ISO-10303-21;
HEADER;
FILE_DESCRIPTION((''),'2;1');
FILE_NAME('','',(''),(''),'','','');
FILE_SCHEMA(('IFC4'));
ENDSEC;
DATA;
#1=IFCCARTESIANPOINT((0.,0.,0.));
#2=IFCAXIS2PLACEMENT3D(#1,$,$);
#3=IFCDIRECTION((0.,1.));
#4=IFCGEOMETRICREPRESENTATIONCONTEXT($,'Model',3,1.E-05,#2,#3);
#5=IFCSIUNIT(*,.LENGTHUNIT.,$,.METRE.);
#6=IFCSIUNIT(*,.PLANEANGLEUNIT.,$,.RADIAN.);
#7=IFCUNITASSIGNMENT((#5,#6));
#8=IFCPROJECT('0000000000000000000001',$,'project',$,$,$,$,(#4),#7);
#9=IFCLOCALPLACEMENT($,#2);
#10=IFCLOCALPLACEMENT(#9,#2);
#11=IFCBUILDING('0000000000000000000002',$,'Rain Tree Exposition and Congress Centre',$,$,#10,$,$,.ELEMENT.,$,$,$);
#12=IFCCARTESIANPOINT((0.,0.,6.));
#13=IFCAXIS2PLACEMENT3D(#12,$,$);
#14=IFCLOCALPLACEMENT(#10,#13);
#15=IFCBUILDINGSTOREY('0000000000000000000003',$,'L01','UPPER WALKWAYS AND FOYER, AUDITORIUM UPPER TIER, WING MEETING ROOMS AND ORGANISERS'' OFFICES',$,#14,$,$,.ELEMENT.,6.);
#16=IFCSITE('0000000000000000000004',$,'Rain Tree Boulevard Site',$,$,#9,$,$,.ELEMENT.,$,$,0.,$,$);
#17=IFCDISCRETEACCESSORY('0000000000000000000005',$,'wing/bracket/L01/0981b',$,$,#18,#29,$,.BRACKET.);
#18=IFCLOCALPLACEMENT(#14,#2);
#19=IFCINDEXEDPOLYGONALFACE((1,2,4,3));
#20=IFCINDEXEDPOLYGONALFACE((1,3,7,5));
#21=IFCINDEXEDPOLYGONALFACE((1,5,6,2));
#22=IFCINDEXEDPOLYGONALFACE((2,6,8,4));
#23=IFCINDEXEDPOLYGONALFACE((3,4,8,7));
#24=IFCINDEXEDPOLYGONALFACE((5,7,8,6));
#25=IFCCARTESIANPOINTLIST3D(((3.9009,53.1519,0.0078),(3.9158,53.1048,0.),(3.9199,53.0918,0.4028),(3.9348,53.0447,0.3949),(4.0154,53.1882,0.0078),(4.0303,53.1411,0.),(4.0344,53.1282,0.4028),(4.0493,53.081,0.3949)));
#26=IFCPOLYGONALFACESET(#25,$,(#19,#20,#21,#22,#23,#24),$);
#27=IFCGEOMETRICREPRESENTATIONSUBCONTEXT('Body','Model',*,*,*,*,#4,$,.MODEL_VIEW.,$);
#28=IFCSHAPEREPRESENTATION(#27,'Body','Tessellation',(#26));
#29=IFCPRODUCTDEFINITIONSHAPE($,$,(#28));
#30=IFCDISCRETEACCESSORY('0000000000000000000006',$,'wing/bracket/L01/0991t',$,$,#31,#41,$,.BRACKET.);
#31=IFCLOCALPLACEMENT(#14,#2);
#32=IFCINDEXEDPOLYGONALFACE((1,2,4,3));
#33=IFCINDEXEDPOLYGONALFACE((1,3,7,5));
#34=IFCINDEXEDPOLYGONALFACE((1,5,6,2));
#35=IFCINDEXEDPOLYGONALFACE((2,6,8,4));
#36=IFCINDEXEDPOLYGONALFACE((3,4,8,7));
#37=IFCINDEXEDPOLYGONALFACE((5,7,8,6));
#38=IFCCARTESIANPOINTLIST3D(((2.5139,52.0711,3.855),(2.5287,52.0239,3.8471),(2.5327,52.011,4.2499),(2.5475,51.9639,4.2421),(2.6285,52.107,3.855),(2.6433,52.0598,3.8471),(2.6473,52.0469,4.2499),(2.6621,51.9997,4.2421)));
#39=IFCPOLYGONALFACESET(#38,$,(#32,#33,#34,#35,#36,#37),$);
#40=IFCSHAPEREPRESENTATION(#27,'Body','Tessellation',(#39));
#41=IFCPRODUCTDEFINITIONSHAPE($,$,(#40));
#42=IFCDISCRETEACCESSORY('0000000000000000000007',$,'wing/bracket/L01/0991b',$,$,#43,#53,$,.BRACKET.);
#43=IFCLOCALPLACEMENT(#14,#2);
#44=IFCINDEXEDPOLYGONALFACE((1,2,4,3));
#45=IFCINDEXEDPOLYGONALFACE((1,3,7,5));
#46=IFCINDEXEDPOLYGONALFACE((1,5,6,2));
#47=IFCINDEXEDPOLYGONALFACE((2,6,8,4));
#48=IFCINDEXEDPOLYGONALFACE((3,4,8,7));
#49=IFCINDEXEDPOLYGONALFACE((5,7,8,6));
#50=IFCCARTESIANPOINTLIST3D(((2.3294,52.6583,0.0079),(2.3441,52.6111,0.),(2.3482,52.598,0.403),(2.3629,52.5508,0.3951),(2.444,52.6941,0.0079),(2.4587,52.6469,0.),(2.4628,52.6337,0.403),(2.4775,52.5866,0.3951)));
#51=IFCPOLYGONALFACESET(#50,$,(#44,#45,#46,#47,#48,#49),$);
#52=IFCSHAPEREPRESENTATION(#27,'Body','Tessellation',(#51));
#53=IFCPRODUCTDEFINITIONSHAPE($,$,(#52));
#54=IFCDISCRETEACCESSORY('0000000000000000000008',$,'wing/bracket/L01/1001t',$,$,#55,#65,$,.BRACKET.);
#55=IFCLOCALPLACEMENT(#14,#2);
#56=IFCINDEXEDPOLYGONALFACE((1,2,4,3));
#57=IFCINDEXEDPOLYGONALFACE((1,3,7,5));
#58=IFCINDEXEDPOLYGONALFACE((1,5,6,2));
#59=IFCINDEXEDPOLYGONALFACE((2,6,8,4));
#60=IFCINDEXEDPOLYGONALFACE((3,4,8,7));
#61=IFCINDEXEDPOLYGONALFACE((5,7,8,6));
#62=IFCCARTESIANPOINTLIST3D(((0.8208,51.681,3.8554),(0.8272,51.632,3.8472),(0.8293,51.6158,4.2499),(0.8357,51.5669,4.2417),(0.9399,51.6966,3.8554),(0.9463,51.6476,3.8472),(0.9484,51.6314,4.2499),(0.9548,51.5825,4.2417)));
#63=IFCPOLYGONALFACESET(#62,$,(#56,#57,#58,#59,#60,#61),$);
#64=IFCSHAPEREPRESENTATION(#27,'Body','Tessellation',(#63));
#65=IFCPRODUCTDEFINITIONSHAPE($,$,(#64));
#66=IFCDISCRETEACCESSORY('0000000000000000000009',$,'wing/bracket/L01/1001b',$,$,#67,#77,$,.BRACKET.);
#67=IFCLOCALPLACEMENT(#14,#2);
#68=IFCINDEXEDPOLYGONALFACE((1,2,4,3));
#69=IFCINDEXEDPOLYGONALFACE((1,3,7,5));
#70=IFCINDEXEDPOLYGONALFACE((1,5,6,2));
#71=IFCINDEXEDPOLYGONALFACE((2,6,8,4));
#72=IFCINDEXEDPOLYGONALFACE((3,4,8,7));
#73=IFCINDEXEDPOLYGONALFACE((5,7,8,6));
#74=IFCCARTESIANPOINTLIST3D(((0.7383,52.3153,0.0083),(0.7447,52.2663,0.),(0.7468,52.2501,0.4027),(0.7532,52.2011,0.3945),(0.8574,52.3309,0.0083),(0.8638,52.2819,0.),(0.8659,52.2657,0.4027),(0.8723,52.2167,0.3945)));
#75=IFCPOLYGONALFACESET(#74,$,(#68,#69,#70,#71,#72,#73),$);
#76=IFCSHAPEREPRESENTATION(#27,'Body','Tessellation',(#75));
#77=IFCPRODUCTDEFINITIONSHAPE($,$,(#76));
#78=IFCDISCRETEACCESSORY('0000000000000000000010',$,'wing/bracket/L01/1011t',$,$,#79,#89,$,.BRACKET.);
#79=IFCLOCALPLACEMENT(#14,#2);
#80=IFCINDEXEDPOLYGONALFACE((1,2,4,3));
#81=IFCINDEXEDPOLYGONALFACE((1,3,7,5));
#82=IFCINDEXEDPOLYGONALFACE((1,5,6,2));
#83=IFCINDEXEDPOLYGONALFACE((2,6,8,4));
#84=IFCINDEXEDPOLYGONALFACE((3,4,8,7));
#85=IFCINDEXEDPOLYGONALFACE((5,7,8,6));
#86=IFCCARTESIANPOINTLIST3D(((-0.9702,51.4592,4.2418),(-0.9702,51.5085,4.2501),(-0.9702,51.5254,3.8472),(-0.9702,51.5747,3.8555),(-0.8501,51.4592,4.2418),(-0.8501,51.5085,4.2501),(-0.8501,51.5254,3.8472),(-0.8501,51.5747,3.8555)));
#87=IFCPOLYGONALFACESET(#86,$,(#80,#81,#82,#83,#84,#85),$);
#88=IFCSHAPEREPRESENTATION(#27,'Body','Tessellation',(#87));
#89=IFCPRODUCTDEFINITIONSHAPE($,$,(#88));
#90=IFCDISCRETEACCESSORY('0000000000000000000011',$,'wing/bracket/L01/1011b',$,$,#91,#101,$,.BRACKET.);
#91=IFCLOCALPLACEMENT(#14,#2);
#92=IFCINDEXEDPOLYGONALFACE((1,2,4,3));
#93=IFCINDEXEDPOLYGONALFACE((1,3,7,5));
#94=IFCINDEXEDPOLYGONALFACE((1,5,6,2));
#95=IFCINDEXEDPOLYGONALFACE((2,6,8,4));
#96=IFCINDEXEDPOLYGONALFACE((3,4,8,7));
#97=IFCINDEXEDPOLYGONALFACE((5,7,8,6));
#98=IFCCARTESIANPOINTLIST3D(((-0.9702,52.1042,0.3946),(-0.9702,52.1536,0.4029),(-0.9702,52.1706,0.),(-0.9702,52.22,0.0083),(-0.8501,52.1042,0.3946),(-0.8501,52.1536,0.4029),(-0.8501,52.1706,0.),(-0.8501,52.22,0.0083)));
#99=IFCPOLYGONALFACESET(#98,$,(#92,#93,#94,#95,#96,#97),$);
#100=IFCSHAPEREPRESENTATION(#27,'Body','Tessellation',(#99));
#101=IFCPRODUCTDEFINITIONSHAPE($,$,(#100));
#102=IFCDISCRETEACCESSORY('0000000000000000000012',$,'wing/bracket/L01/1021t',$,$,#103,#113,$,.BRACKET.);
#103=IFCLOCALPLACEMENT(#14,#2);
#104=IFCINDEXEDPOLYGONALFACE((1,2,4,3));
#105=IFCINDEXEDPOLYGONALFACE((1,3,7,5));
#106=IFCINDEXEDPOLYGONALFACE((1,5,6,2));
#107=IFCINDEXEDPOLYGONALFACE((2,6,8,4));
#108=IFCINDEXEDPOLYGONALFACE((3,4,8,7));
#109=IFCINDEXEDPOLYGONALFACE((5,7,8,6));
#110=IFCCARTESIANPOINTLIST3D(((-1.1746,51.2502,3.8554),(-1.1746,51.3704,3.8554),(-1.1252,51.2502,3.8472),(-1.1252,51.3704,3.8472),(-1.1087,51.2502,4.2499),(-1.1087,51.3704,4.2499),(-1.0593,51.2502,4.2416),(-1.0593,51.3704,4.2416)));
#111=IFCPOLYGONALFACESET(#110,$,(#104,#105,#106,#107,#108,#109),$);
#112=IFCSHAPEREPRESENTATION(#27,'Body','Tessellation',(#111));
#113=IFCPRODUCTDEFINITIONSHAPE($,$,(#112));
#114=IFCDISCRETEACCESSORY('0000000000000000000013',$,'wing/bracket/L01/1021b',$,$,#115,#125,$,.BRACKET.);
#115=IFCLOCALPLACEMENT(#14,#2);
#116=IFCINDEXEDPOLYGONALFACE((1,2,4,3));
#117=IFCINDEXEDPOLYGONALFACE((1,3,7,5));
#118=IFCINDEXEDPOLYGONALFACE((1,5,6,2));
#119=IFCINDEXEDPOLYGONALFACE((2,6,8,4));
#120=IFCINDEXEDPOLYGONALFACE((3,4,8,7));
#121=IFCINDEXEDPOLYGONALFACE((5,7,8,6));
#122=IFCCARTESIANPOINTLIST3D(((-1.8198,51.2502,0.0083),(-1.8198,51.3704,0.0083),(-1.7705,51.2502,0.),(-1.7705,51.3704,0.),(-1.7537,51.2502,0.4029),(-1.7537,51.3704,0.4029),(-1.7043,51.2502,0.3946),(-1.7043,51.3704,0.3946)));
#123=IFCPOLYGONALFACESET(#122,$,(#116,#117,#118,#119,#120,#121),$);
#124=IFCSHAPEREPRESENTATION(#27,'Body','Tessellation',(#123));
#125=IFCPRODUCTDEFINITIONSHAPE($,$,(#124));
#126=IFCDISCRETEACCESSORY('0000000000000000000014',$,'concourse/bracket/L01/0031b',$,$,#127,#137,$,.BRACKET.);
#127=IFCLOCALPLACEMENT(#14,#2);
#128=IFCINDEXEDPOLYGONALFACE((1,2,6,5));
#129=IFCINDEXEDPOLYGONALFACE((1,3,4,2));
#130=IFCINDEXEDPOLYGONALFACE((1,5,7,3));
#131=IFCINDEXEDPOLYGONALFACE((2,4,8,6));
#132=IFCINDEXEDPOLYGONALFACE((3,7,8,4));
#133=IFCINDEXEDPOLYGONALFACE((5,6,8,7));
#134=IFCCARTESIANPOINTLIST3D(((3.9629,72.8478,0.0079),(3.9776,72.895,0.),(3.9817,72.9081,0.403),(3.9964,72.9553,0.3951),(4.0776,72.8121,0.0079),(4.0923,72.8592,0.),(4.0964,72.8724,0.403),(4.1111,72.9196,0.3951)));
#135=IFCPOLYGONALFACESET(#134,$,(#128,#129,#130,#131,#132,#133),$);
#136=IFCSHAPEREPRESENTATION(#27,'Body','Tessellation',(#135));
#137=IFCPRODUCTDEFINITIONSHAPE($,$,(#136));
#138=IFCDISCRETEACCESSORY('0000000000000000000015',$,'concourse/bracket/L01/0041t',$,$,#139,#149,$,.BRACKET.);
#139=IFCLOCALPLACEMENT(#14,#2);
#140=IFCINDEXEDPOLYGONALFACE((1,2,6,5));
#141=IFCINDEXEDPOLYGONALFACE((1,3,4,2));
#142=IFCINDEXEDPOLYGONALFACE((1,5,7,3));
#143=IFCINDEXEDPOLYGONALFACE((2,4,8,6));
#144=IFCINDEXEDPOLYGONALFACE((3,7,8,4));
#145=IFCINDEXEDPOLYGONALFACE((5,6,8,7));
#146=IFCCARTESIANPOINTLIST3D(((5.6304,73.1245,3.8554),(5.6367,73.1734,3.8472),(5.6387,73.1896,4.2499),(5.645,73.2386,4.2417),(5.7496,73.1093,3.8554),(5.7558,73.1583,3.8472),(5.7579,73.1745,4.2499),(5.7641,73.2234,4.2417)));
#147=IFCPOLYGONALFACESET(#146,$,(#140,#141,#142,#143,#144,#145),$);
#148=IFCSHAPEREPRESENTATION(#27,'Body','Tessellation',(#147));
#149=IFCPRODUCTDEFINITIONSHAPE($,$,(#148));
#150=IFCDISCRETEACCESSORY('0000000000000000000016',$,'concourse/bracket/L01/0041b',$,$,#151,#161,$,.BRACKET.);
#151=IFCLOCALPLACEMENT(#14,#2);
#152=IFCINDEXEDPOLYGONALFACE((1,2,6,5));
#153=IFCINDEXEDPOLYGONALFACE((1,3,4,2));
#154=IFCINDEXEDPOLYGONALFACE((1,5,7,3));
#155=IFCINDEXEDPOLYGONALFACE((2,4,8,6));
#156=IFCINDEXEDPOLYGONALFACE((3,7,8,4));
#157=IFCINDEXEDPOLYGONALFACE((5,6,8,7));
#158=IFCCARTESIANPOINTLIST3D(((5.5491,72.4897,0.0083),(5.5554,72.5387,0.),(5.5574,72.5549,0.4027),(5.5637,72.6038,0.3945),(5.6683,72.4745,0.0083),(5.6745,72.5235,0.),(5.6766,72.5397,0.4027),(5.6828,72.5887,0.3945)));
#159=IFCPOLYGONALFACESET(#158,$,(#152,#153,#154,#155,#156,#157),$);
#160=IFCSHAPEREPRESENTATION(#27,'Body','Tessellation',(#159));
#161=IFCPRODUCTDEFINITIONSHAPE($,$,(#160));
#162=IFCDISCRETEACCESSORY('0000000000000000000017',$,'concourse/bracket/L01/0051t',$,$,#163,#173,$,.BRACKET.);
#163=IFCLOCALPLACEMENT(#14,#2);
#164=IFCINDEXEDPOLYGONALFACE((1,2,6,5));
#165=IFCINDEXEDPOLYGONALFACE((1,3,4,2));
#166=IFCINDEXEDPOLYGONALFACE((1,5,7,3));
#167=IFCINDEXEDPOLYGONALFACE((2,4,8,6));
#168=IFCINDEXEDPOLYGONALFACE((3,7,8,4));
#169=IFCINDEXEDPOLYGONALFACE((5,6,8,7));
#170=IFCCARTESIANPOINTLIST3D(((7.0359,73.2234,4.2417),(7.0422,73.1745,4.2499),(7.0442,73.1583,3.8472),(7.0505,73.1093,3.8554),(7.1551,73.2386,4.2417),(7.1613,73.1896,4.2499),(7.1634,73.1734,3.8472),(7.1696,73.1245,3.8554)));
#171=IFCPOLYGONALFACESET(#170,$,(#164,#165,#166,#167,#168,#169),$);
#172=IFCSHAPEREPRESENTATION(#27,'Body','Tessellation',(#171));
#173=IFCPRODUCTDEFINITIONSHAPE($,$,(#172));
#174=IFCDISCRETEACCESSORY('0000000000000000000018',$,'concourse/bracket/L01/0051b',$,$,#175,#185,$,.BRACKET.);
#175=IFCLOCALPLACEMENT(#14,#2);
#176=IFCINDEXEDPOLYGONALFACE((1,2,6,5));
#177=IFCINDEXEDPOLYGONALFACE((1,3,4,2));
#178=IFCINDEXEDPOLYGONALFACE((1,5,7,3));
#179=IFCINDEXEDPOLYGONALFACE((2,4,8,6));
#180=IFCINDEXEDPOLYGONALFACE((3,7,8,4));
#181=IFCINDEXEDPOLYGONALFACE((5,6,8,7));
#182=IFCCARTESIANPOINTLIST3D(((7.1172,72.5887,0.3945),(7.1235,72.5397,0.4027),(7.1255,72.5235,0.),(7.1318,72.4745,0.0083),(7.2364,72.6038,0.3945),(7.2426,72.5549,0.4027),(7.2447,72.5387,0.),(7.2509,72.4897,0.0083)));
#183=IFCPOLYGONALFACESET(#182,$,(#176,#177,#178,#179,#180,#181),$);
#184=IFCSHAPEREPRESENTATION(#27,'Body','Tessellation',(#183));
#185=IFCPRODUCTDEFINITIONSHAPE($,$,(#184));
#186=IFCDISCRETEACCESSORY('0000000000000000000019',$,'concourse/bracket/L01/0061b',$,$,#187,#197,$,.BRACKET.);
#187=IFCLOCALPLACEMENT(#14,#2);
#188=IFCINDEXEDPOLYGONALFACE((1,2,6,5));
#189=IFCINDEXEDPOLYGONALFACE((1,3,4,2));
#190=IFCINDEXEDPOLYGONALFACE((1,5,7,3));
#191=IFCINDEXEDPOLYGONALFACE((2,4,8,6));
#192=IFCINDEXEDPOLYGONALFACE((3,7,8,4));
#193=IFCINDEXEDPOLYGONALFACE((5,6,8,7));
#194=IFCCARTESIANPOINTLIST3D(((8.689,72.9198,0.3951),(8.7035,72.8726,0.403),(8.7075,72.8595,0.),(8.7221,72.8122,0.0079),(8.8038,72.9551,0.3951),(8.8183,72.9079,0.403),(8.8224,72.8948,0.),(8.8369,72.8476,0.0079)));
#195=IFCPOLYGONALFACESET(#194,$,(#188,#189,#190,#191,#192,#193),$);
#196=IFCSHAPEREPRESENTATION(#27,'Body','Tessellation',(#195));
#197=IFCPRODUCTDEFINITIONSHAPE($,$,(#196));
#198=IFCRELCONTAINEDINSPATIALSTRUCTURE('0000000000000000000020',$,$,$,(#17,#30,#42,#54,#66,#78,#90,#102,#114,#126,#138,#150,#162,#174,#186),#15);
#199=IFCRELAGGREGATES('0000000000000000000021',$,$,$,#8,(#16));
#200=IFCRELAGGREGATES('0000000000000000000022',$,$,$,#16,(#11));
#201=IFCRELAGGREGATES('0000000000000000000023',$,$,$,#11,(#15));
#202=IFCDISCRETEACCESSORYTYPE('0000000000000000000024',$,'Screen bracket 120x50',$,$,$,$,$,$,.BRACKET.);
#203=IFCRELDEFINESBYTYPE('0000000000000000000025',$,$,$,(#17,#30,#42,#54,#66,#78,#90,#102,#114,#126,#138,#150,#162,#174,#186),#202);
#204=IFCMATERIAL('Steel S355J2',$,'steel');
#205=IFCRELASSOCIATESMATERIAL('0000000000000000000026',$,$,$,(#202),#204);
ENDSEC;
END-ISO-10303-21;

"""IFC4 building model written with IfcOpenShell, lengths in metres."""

from ifc_helpers import new_model, si_unit, direction, frame, origin, origin_2d, place, context, subcontext, project, spatial, rectangle, extrude, material, material_profile, profile_set, type_object, element, save


model = new_model("IFC4")

# Units and contexts
model_context = context("Model", 3, precision=1e-05, world=origin(), true_north=direction((0.0, 1.0)))
body_context = subcontext(model_context, "Body", "Model", "MODEL_VIEW")
ifc_project = project(units=[si_unit("LENGTHUNIT", "METRE"), si_unit("PLANEANGLEUNIT", "RADIAN")], contexts=[model_context])

# Site, building, storey
site_placement = place(None, origin())
site = spatial("IfcSite", under=ifc_project, at=site_placement, Name="Rain Tree Boulevard Site", CompositionType="ELEMENT", RefElevation=0.0)
building_placement = place(site_placement, origin())
building = spatial("IfcBuilding", under=site, at=building_placement, Name="Rain Tree Exposition and Congress Centre", CompositionType="ELEMENT")
storey_placement = place(building_placement, frame((0.0, 0.0, 6.0)))
storey = spatial("IfcBuildingStorey", under=building, at=storey_placement, Name="L01", Description="UPPER WALKWAYS AND FOYER, AUDITORIUM UPPER TIER, WING MEETING ROOMS AND ORGANISERS' OFFICES", CompositionType="ELEMENT", Elevation=6.0)

# Discrete accessories
ifc_material_1 = material(Name="Steel S355J2", Category="steel")
ifc_material_profile = material_profile(ifc_material_1, rectangle(XDim=0.1201, YDim=0.05, at=origin_2d()), Name="Flat bar 120x50")
ifc_profile_set = profile_set([ifc_material_profile], Name="Steel S355J2")
discrete_accessory_type = type_object("IfcDiscreteAccessoryType", Name="Screen bracket 120x50", PredefinedType="BRACKET", material=ifc_profile_set)
for number, where, z_axis, x_axis, name in (
    (1, (3.9656, 53.1465, 0.0039), (0.047606, -0.150142, 0.987518), (0.953231, 0.302244, 0.0), "wing/bracket/L01/0981b"),
    (2, (2.5786, 52.0654, 3.8511), (0.046997, -0.150146, 0.987546), (0.954342, 0.298717, 0.0), "wing/bracket/L01/0991t"),
):
    element("IfcDiscreteAccessory", number, at=place(storey_placement, frame(where, z_axis=z_axis, x_axis=x_axis)), inside=storey, type_object=discrete_accessory_type, Name=name, PredefinedType="BRACKET", context=body_context, shape_type="SweptSolid", body=[
        extrude(rectangle(XDim=0.1201, YDim=0.05, at=origin_2d()), origin(), (0.0, 0.0, 1.0), 0.3999),
    ])
discrete_accessory_1_placement = place(storey_placement, frame((2.394, 52.6526, 0.0039), z_axis=(0.046993, -0.150743, 0.987456), x_axis=(0.954686, 0.297615, 0.0)))
element("IfcDiscreteAccessory", 3, at=discrete_accessory_1_placement, inside=storey, type_object=discrete_accessory_type, Name="wing/bracket/L01/0991b", PredefinedType="BRACKET", context=body_context, shape_type="SweptSolid", body=[
    extrude(rectangle(XDim=0.1201, YDim=0.05, at=origin_2d()), origin(), (0.0, 0.0, 1.0), 0.4001),
])
for number, where, z_axis, x_axis, name in (
    (4, (0.8835, 51.6643, 3.8513), (0.021364, -0.162976, 0.986399), (0.991517, 0.129974, 0.0), "wing/bracket/L01/1001t"),
    (5, (0.801, 52.2986, 0.0042), (0.021364, -0.162976, 0.986399), (0.991517, 0.129974, 0.0), "wing/bracket/L01/1001b"),
):
    element("IfcDiscreteAccessory", number, at=place(storey_placement, frame(where, z_axis=z_axis, x_axis=x_axis)), inside=storey, type_object=discrete_accessory_type, Name=name, PredefinedType="BRACKET", context=body_context, shape_type="SweptSolid", body=[
        extrude(rectangle(XDim=0.1201, YDim=0.05, at=origin_2d()), origin(), (0.0, 0.0, 1.0), 0.3999),
    ])
for number, where, z_axis, x_axis, name in (
    (6, (-0.9102, 51.55, 3.8513), (0.0, -0.165389, 0.986228), (1.0, 0.0, 0.0), "wing/bracket/L01/1011t"),
    (7, (-0.9102, 52.1953, 0.0042), (0.0, -0.165982, 0.986129), (1.0, 0.0, 0.0), "wing/bracket/L01/1011b"),
):
    element("IfcDiscreteAccessory", number, at=place(storey_placement, frame(where, z_axis=z_axis, x_axis=x_axis)), inside=storey, type_object=discrete_accessory_type, Name=name, PredefinedType="BRACKET", context=body_context, shape_type="SweptSolid", body=[
        extrude(rectangle(XDim=0.1201, YDim=0.05, at=origin_2d()), origin(), (0.0, 0.0, 1.0), 0.4001),
    ])
discrete_accessory_2_placement = place(storey_placement, frame((-1.1499, 51.3103, 3.8513), z_axis=(0.164795, 0.0, 0.986328), x_axis=(0.0, 1.0, 0.0)))
element("IfcDiscreteAccessory", 8, at=discrete_accessory_2_placement, inside=storey, type_object=discrete_accessory_type, Name="wing/bracket/L01/1021t", PredefinedType="BRACKET", context=body_context, shape_type="SweptSolid", body=[
    extrude(rectangle(XDim=0.1201, YDim=0.05, at=origin_2d()), origin(), (0.0, 0.0, 1.0), 0.3999),
])
for number, where, z_axis, x_axis, name in (
    (9, (-1.7952, 51.3103, 0.0042), (0.165389, 0.0, 0.986228), (0.0, 1.0, 0.0), "wing/bracket/L01/1021b"),
    (10, (4.0276, 72.8535, 0.0039), (0.046993, 0.150743, 0.987456), (-0.954686, 0.297615, 0.0), "concourse/bracket/L01/0031b"),
):
    element("IfcDiscreteAccessory", number, at=place(storey_placement, frame(where, z_axis=z_axis, x_axis=x_axis)), inside=storey, type_object=discrete_accessory_type, Name=name, PredefinedType="BRACKET", context=body_context, shape_type="SweptSolid", body=[
        extrude(rectangle(XDim=0.1201, YDim=0.05, at=origin_2d()), origin(), (0.0, 0.0, 1.0), 0.4001),
    ])
for number, where, z_axis, x_axis, name in (
    (11, (5.6931, 73.1414, 3.8513), (0.020754, 0.162978, 0.986411), (-0.991989, 0.126321, 0.0), "concourse/bracket/L01/0041t"),
    (12, (5.6118, 72.5066, 0.0042), (0.020754, 0.162978, 0.986411), (-0.991989, 0.126321, 0.0), "concourse/bracket/L01/0041b"),
    (13, (7.1069, 73.1414, 3.8513), (-0.020754, 0.162978, 0.986411), (-0.991989, -0.126321, 0.0), "concourse/bracket/L01/0051t"),
    (14, (7.1882, 72.5066, 0.0042), (-0.020754, 0.162978, 0.986411), (-0.991989, -0.126321, 0.0), "concourse/bracket/L01/0051b"),
):
    element("IfcDiscreteAccessory", number, at=place(storey_placement, frame(where, z_axis=z_axis, x_axis=x_axis)), inside=storey, type_object=discrete_accessory_type, Name=name, PredefinedType="BRACKET", context=body_context, shape_type="SweptSolid", body=[
        extrude(rectangle(XDim=0.1201, YDim=0.05, at=origin_2d()), origin(), (0.0, 0.0, 1.0), 0.3999),
    ])
discrete_accessory_3_placement = place(storey_placement, frame((8.7722, 72.8535, 0.0039), z_axis=(-0.046384, 0.150747, 0.987484), x_axis=(-0.955779, -0.294086, 0.0)))
element("IfcDiscreteAccessory", 15, at=discrete_accessory_3_placement, inside=storey, type_object=discrete_accessory_type, Name="concourse/bracket/L01/0061b", PredefinedType="BRACKET", context=body_context, shape_type="SweptSolid", body=[
    extrude(rectangle(XDim=0.1201, YDim=0.05, at=origin_2d()), origin(), (0.0, 0.0, 1.0), 0.4001),
])

save(model, "model.ifc")
